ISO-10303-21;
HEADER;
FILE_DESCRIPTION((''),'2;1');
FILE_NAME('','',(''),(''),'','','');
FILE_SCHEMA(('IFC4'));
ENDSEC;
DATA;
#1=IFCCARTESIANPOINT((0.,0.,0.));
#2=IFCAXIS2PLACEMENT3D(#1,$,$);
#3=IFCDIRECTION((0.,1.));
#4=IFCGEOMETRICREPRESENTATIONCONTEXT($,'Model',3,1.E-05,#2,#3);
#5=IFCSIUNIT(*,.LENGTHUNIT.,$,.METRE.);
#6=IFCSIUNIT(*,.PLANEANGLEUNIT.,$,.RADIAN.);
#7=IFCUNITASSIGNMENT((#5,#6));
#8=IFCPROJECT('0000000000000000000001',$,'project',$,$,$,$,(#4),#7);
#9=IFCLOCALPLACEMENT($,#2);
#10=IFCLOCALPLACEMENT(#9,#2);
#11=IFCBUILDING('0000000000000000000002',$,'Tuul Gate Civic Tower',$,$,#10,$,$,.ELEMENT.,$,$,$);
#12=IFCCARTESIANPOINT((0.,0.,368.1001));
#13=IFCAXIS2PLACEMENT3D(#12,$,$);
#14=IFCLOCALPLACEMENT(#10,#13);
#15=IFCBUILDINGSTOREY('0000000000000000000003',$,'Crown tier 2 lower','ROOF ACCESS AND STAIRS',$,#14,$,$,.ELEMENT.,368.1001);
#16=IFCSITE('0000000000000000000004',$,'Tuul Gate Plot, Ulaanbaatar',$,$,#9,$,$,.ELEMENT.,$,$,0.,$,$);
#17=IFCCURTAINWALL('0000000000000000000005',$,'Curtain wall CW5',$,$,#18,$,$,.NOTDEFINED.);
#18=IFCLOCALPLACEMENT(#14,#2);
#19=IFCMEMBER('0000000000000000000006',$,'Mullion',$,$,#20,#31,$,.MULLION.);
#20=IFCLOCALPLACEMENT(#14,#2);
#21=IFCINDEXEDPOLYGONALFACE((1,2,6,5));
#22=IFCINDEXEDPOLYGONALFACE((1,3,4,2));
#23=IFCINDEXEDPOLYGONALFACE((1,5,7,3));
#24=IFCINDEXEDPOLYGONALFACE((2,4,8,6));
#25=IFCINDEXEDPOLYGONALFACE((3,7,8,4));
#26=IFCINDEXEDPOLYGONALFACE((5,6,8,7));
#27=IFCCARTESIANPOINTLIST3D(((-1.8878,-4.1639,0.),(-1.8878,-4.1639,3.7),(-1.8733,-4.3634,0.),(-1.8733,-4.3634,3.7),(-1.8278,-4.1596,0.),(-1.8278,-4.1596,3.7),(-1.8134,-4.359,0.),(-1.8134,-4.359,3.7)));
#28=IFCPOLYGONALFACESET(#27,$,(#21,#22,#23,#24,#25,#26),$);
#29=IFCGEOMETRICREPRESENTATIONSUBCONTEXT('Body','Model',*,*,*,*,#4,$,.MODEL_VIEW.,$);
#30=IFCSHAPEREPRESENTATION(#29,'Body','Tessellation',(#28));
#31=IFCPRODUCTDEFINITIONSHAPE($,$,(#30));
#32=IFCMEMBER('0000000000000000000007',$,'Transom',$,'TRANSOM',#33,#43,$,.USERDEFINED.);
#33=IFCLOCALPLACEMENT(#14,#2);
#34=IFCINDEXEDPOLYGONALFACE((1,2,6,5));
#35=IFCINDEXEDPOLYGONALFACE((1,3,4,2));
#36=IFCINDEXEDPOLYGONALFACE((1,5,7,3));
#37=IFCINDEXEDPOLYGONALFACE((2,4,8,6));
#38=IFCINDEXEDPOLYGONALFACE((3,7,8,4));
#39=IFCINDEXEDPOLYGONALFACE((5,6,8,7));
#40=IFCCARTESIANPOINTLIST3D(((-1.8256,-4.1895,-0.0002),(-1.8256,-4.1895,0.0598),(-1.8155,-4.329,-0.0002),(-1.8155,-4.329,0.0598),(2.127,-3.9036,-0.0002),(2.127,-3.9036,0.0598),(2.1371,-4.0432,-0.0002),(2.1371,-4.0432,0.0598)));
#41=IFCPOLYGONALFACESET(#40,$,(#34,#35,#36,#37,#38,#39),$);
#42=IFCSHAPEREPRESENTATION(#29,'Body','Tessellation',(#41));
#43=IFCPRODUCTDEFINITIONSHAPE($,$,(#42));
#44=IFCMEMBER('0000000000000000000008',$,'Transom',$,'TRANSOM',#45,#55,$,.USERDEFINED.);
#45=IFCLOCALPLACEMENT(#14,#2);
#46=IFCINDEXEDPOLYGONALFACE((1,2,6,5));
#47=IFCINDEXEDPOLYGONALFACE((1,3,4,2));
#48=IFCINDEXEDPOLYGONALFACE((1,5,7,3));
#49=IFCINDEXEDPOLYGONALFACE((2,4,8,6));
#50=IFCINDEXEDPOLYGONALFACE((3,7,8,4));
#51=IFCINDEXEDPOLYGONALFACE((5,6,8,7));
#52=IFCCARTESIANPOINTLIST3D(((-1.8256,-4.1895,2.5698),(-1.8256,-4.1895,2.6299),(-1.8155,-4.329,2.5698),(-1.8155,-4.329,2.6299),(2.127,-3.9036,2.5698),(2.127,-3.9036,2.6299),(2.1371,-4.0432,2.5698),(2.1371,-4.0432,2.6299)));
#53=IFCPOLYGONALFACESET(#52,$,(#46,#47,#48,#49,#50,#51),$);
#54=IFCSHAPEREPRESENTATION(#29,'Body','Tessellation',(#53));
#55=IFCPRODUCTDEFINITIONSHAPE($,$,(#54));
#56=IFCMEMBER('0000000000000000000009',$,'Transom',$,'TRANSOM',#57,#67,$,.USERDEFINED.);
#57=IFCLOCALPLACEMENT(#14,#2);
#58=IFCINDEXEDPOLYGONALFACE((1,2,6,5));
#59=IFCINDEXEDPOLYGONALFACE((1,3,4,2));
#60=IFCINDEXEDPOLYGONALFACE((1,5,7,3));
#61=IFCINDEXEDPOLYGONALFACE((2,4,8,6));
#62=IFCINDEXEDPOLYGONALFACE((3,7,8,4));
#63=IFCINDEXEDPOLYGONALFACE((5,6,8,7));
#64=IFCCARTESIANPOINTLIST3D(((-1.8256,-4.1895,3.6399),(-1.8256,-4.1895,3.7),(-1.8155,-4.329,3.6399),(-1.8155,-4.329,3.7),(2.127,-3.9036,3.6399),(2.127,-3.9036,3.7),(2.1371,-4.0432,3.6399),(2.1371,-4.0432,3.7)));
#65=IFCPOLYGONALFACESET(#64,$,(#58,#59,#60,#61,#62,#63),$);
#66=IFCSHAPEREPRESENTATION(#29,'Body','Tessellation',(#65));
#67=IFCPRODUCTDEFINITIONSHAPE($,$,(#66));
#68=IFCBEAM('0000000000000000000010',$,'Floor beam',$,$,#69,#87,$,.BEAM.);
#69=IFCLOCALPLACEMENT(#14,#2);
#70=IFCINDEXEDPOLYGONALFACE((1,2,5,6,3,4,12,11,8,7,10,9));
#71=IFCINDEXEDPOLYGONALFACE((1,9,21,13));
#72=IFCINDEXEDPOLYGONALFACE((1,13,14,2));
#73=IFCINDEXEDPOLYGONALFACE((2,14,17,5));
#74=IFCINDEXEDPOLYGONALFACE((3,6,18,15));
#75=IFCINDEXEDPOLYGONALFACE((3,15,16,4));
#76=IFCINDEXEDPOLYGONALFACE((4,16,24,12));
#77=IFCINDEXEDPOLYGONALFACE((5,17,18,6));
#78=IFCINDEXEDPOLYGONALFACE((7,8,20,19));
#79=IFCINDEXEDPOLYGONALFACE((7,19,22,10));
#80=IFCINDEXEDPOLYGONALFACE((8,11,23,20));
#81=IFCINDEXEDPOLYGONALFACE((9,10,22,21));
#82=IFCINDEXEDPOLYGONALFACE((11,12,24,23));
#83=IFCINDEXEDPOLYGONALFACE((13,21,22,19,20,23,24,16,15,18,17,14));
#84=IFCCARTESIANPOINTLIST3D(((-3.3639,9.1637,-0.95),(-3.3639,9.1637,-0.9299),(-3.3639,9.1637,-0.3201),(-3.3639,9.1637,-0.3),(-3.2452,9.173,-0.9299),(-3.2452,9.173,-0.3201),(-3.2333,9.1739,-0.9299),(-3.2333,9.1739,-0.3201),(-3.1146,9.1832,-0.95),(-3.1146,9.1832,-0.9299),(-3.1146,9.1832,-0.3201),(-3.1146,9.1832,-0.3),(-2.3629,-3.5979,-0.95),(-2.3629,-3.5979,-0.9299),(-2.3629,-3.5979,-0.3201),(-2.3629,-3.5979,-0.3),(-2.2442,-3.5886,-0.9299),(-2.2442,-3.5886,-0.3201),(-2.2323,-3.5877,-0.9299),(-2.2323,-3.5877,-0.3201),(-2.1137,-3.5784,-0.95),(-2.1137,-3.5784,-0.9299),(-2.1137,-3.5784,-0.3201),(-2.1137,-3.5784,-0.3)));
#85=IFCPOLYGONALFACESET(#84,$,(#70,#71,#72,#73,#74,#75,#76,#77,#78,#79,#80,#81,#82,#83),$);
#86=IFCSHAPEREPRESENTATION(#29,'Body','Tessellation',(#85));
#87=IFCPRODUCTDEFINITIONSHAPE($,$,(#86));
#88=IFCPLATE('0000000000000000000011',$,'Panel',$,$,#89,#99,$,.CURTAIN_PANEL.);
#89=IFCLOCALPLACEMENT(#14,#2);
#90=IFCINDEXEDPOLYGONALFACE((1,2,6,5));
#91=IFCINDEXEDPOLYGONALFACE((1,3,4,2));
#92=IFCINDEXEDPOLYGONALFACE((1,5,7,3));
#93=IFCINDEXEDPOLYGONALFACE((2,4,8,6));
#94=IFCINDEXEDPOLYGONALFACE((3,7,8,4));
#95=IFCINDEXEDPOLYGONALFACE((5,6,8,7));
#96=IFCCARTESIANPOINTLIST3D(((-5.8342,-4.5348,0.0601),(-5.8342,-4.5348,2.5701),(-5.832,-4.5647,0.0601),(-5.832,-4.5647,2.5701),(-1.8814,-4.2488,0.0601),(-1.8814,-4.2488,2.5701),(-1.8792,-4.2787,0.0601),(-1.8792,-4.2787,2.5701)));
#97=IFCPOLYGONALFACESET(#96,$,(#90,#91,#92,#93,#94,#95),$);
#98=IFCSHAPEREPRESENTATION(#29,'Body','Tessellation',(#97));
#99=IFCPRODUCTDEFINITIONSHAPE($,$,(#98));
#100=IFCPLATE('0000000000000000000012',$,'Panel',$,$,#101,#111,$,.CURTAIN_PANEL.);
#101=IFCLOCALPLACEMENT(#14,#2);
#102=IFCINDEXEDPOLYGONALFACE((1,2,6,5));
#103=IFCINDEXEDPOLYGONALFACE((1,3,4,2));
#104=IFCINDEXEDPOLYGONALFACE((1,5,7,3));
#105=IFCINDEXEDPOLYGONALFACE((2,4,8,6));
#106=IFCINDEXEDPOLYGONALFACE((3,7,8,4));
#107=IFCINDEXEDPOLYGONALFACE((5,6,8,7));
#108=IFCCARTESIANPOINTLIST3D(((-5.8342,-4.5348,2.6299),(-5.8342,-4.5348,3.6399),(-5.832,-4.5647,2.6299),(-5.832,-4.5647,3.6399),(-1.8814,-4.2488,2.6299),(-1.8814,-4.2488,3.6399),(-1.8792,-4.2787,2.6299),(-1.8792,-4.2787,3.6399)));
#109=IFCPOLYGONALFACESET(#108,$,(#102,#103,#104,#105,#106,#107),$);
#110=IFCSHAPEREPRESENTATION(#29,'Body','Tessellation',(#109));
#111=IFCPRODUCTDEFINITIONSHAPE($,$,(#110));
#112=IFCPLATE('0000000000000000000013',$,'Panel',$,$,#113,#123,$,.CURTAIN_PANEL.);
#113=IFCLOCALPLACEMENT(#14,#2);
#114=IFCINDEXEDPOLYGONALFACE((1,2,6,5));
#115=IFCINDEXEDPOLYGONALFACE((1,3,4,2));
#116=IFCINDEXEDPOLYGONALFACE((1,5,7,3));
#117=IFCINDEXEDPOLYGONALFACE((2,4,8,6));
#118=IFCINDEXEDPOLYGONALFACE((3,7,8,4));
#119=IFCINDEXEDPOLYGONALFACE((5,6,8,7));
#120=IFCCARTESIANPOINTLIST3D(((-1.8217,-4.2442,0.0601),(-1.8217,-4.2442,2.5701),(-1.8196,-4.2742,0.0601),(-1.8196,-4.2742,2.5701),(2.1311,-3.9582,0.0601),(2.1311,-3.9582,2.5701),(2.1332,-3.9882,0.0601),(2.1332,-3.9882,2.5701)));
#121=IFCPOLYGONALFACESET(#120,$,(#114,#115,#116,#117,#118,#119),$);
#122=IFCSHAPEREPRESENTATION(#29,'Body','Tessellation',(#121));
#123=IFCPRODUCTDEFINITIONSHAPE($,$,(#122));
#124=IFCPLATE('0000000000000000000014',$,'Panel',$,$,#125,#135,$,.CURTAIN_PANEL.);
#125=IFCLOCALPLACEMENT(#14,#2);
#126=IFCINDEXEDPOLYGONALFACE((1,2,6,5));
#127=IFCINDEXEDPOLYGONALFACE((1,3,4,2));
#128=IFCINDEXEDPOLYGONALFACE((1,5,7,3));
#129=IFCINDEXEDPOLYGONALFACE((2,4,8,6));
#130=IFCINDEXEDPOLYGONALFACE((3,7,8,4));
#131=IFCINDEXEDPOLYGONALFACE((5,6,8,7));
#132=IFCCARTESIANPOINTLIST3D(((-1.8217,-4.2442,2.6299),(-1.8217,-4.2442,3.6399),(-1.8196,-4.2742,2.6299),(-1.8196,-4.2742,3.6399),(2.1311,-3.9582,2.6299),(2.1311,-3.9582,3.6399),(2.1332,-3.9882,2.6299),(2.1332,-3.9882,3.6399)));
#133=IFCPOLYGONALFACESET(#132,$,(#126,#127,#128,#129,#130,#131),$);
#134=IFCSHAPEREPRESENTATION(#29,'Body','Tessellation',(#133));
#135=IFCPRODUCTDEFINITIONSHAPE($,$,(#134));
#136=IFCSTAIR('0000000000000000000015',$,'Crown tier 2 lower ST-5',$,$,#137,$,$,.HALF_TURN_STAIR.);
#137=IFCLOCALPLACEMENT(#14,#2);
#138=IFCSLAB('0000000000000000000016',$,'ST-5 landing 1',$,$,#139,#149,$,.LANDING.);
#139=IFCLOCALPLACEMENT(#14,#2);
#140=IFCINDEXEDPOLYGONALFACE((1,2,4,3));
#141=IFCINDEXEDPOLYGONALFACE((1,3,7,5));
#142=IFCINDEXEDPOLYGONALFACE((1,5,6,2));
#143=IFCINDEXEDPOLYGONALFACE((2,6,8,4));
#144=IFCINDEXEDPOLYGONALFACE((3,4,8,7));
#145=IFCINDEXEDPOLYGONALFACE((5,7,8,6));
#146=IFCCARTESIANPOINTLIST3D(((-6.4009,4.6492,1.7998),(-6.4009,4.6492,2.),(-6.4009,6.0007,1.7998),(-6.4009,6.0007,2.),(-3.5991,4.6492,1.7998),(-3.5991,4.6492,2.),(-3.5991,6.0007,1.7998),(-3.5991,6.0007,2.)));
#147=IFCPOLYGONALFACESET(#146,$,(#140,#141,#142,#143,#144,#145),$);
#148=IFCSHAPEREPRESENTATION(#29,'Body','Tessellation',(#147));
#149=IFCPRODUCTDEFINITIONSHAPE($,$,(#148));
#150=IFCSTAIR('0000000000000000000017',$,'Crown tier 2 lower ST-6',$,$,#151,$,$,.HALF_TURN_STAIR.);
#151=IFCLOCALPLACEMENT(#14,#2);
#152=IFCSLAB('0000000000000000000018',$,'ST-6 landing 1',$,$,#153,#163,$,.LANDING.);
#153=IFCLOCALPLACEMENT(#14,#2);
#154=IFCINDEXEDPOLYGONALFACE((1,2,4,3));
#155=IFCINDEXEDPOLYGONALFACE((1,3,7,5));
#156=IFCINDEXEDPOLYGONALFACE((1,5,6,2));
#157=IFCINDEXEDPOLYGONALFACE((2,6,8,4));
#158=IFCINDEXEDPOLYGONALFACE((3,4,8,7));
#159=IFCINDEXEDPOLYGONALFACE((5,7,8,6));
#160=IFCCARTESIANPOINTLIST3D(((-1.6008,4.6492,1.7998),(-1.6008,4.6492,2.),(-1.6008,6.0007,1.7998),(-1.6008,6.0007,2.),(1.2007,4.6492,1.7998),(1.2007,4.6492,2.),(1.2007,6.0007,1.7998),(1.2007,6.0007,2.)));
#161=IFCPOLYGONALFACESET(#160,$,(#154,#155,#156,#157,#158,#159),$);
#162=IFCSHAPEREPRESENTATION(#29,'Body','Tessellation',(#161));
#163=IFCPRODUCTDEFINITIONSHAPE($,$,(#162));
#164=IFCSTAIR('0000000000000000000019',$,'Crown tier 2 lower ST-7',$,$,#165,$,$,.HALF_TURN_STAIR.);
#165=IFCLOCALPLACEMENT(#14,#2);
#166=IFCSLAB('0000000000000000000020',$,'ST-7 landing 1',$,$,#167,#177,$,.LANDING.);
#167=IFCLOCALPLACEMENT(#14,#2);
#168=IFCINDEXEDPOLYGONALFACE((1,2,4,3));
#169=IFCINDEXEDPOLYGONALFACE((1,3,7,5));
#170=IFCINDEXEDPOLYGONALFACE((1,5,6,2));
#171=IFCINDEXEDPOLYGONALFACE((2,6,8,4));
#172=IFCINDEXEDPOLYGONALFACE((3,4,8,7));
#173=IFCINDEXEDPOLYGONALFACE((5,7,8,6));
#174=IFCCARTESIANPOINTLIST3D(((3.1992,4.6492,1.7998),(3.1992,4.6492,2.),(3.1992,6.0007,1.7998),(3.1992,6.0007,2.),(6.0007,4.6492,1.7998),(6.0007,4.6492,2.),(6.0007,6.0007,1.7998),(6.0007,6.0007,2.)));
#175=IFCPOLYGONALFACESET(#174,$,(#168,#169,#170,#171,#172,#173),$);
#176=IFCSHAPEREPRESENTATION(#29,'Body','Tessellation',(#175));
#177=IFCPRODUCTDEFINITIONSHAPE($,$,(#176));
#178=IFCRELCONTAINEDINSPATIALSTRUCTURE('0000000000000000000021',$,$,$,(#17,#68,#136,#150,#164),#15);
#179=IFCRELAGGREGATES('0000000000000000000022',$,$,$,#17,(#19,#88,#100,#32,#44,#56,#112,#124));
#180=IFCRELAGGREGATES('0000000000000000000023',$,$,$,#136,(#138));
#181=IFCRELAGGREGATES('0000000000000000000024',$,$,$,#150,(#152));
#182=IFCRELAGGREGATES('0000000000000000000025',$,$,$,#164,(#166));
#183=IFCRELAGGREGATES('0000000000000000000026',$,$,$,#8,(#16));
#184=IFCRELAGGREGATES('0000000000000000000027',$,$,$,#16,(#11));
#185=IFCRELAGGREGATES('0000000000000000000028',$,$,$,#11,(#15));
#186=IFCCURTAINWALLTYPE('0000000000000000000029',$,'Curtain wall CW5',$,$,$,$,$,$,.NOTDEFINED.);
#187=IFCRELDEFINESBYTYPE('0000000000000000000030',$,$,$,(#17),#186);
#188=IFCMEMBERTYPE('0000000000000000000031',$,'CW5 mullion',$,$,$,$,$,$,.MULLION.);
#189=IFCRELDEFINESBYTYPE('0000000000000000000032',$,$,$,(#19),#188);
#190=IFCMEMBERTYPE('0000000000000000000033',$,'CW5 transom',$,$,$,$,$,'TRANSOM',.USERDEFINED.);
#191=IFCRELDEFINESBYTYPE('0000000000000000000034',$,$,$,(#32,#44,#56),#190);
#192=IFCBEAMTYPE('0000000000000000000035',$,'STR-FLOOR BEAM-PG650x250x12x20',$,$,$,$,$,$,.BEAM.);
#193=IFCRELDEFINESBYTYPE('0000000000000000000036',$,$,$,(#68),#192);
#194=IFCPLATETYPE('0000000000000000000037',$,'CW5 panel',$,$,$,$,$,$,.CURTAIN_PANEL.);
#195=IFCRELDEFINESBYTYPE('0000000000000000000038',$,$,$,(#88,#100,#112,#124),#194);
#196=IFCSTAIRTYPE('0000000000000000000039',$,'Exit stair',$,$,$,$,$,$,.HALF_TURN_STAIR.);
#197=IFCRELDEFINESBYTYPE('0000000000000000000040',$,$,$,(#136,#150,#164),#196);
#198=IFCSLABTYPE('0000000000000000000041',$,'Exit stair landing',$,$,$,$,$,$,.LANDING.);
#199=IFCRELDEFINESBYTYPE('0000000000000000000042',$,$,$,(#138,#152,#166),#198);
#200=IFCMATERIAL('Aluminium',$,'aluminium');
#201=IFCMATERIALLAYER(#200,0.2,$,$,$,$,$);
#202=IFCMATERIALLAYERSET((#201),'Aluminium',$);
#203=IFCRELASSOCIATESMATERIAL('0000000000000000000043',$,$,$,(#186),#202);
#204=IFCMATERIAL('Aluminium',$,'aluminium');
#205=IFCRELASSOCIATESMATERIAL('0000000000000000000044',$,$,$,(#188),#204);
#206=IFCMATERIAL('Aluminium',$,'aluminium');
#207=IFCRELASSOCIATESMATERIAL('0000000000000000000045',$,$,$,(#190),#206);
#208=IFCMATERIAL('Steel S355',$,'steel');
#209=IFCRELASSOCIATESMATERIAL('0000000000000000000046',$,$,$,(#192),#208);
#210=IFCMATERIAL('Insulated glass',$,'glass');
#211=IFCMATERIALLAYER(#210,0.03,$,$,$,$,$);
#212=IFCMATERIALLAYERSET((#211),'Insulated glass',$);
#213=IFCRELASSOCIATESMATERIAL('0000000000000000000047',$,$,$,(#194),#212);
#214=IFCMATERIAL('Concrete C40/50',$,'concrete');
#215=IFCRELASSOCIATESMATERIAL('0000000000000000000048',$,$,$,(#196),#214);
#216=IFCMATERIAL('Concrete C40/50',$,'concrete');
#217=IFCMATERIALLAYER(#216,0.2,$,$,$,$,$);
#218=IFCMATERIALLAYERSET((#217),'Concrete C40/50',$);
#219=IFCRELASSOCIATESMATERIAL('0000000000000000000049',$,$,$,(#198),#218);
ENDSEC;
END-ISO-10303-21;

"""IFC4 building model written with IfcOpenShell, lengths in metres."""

from ifc_helpers import new_model, si_unit, direction, frame, origin, origin_2d, place, context, subcontext, project, spatial, polyline, rectangle, i_section, outline, extrude, material, layer, layer_set, material_profile, profile_set, type_object, element, aggregate, save


model = new_model("IFC4")

# Units and contexts
model_context = context("Model", 3, precision=1e-05, world=origin(), true_north=direction((0.0, 1.0)))
body_context = subcontext(model_context, "Body", "Model", "MODEL_VIEW")
ifc_project = project(units=[si_unit("LENGTHUNIT", "METRE"), si_unit("PLANEANGLEUNIT", "RADIAN")], contexts=[model_context])

# Site, building, storey
site_placement = place(None, origin())
site = spatial("IfcSite", under=ifc_project, at=site_placement, Name="Tuul Gate Plot, Ulaanbaatar", CompositionType="ELEMENT", RefElevation=0.0)
building_placement = place(site_placement, origin())
building = spatial("IfcBuilding", under=site, at=building_placement, Name="Tuul Gate Civic Tower", CompositionType="ELEMENT")
storey_placement = place(building_placement, frame((0.0, 0.0, 368.1001)))
storey = spatial("IfcBuildingStorey", under=building, at=storey_placement, Name="Crown tier 2 lower", Description="ROOF ACCESS AND STAIRS", CompositionType="ELEMENT", Elevation=368.1001)

# Curtain wall, members
ifc_material_1 = material(Name="Aluminium", Category="aluminium")
ifc_layer_1 = layer(ifc_material_1, 0.2)
ifc_layer_set_1 = layer_set([ifc_layer_1], Name="Aluminium")
curtain_wall_type = type_object("IfcCurtainWallType", Name="Curtain wall CW5", PredefinedType="NOTDEFINED", material=ifc_layer_set_1)
curtain_wall_placement = place(storey_placement, origin())
curtain_wall = element("IfcCurtainWall", 1, at=curtain_wall_placement, inside=storey, type_object=curtain_wall_type, Name="Curtain wall CW5", PredefinedType="NOTDEFINED")
ifc_material_2 = material(Name="Aluminium", Category="aluminium")
ifc_material_profile_1 = material_profile(ifc_material_2, rectangle(XDim=0.2, YDim=0.0601, at=origin_2d()), Name="CW5 mullion")
ifc_profile_set_1 = profile_set([ifc_material_profile_1], Name="Aluminium")
member_type_1 = type_object("IfcMemberType", Name="CW5 mullion", PredefinedType="MULLION", material=ifc_profile_set_1)
member_1_placement = place(storey_placement, frame((-1.8506, -4.2615, 0.0), z_axis=(0.0, 0.0, 1.0), x_axis=(-0.072168, 0.997393, 0.0)))
member_1 = element("IfcMember", 2, at=member_1_placement, type_object=member_type_1, Name="Mullion", PredefinedType="MULLION", context=body_context, shape_type="SweptSolid", body=[
    extrude(rectangle(XDim=0.2, YDim=0.0601, at=origin_2d()), origin(), (0.0, 0.0, 1.0), 3.7),
])
ifc_material_3 = material(Name="Aluminium", Category="aluminium")
ifc_material_profile_2 = material_profile(ifc_material_3, rectangle(XDim=0.1399, YDim=0.0601, at=origin_2d()), Name="CW5 transom")
ifc_profile_set_2 = profile_set([ifc_material_profile_2], Name="Aluminium")
member_type_2 = type_object("IfcMemberType", Name="CW5 transom", ElementType="TRANSOM", PredefinedType="USERDEFINED", material=ifc_profile_set_2)
member_2_placement = place(storey_placement, frame((-1.8206, -4.2593, 0.0298), z_axis=(0.997395, 0.07214, 0.0), x_axis=(-0.07214, 0.997395, 0.0)))
member_2 = element("IfcMember", 3, at=member_2_placement, type_object=member_type_2, Name="Transom", ObjectType="TRANSOM", PredefinedType="USERDEFINED", context=body_context, shape_type="SweptSolid", body=[
    extrude(rectangle(XDim=0.1399, YDim=0.0601, at=origin_2d()), origin(), (0.0, 0.0, 1.0), 3.9629),
])
member_3_placement = place(storey_placement, frame((-1.8206, -4.2593, 2.5999), z_axis=(0.997395, 0.07214, 0.0), x_axis=(-0.07214, 0.997395, 0.0)))
member_3 = element("IfcMember", 4, at=member_3_placement, type_object=member_type_2, Name="Transom", ObjectType="TRANSOM", PredefinedType="USERDEFINED", context=body_context, shape_type="SweptSolid", body=[
    extrude(rectangle(XDim=0.1399, YDim=0.0601, at=origin_2d()), origin(), (0.0, 0.0, 1.0), 3.9629),
])
member_4_placement = place(storey_placement, frame((-1.8206, -4.2593, 3.6699), z_axis=(0.997395, 0.07214, 0.0), x_axis=(-0.07214, 0.997395, 0.0)))
member_4 = element("IfcMember", 5, at=member_4_placement, type_object=member_type_2, Name="Transom", ObjectType="TRANSOM", PredefinedType="USERDEFINED", context=body_context, shape_type="SweptSolid", body=[
    extrude(rectangle(XDim=0.1399, YDim=0.0601, at=origin_2d()), origin(), (0.0, 0.0, 1.0), 3.9629),
])

# Beam
ifc_material_4 = material(Name="Steel S355", Category="steel")
ifc_material_profile_3 = material_profile(ifc_material_4, i_section(OverallWidth=0.25, OverallDepth=0.6499, WebThickness=0.012, FlangeThickness=0.02, at=origin_2d()), Name="PG650x250x12x20")
ifc_profile_set_3 = profile_set([ifc_material_profile_3], Name="Steel S355")
beam_type = type_object("IfcBeamType", Name="STR-FLOOR BEAM-PG650x250x12x20", PredefinedType="BEAM", material=ifc_profile_set_3)
beam_placement = place(storey_placement, frame((-2.2383, -3.5881, -0.625), z_axis=(-0.078197, 0.996938, 0.0), x_axis=(-0.996938, -0.078197, 0.0)))
element("IfcBeam", 6, at=beam_placement, inside=storey, type_object=beam_type, Name="Floor beam", PredefinedType="BEAM", context=body_context, shape_type="SweptSolid", body=[
    extrude(i_section(OverallWidth=0.25, OverallDepth=0.6499, WebThickness=0.012, FlangeThickness=0.02, at=origin_2d()), origin(), (0.0, 0.0, 1.0), 12.8008),
])

# Plates
ifc_material_5 = material(Name="Insulated glass", Category="glass")
ifc_layer_2 = layer(ifc_material_5, 0.03)
ifc_layer_set_2 = layer_set([ifc_layer_2], Name="Insulated glass")
plate_type = type_object("IfcPlateType", Name="CW5 panel", PredefinedType="CURTAIN_PANEL", material=ifc_layer_set_2)
plate_1_placement = place(storey_placement, frame((-3.8567, -4.4067, 0.0601), z_axis=(0.0, 0.0, 1.0), x_axis=(0.997393, 0.072168, 0.0)))
plate_1 = element("IfcPlate", 7, at=plate_1_placement, type_object=plate_type, Name="Panel", PredefinedType="CURTAIN_PANEL", context=body_context, shape_type="SweptSolid", body=[
    extrude(rectangle(XDim=3.9631, YDim=0.03, at=origin_2d()), origin(), (0.0, 0.0, 1.0), 2.51),
])
plate_2_placement = place(storey_placement, frame((-3.8567, -4.4067, 2.6299), z_axis=(0.0, 0.0, 1.0), x_axis=(0.997393, 0.072168, 0.0)))
plate_2 = element("IfcPlate", 8, at=plate_2_placement, type_object=plate_type, Name="Panel", PredefinedType="CURTAIN_PANEL", context=body_context, shape_type="SweptSolid", body=[
    extrude(rectangle(XDim=3.9631, YDim=0.03, at=origin_2d()), origin(), (0.0, 0.0, 1.0), 1.01),
])
plate_3_placement = place(storey_placement, frame((0.1558, -4.1162, 0.0601), z_axis=(0.0, 0.0, 1.0), x_axis=(0.997393, 0.072168, 0.0)))
plate_3 = element("IfcPlate", 9, at=plate_3_placement, type_object=plate_type, Name="Panel", PredefinedType="CURTAIN_PANEL", context=body_context, shape_type="SweptSolid", body=[
    extrude(rectangle(XDim=3.9631, YDim=0.03, at=origin_2d()), origin(), (0.0, 0.0, 1.0), 2.51),
])
plate_4_placement = place(storey_placement, frame((0.1558, -4.1162, 2.6299), z_axis=(0.0, 0.0, 1.0), x_axis=(0.997393, 0.072168, 0.0)))
plate_4 = element("IfcPlate", 10, at=plate_4_placement, type_object=plate_type, Name="Panel", PredefinedType="CURTAIN_PANEL", context=body_context, shape_type="SweptSolid", body=[
    extrude(rectangle(XDim=3.9631, YDim=0.03, at=origin_2d()), origin(), (0.0, 0.0, 1.0), 1.01),
])
aggregate(curtain_wall, [member_1, plate_1, plate_2, member_2, member_3, member_4, plate_3, plate_4])

# Stairs, slabs
ifc_material_6 = material(Name="Concrete C40/50", Category="concrete")
stair_type = type_object("IfcStairType", Name="Exit stair", PredefinedType="HALF_TURN_STAIR", material=ifc_material_6)
stair_1_placement = place(storey_placement, origin())
stair_1 = element("IfcStair", 11, at=stair_1_placement, inside=storey, type_object=stair_type, Name="Crown tier 2 lower ST-5", PredefinedType="HALF_TURN_STAIR")
ifc_material_7 = material(Name="Concrete C40/50", Category="concrete")
ifc_layer_3 = layer(ifc_material_7, 0.2)
ifc_layer_set_3 = layer_set([ifc_layer_3], Name="Concrete C40/50")
slab_type_1 = type_object("IfcSlabType", Name="Exit stair landing", PredefinedType="LANDING", material=ifc_layer_set_3)
slab_1_placement = place(storey_placement, frame((0.0, 0.0, 1.7998)))
slab_1 = element("IfcSlab", 12, at=slab_1_placement, type_object=slab_type_1, Name="ST-5 landing 1", PredefinedType="LANDING", context=body_context, shape_type="SweptSolid", body=[
    extrude(outline(polyline([(-3.5991, 4.6492), (-6.4009, 4.6492), (-6.4009, 6.0007), (-3.5991, 6.0007), (-3.5991, 4.6492)])), origin(), (0.0, 0.0, 1.0), 0.2002),
])
aggregate(stair_1, [slab_1])
stair_2_placement = place(storey_placement, origin())
stair_2 = element("IfcStair", 13, at=stair_2_placement, inside=storey, type_object=stair_type, Name="Crown tier 2 lower ST-6", PredefinedType="HALF_TURN_STAIR")
slab_2_placement = place(storey_placement, frame((0.0, 0.0, 1.7998)))
slab_2 = element("IfcSlab", 14, at=slab_2_placement, type_object=slab_type_1, Name="ST-6 landing 1", PredefinedType="LANDING", context=body_context, shape_type="SweptSolid", body=[
    extrude(outline(polyline([(1.2007, 4.6492), (-1.6008, 4.6492), (-1.6008, 6.0007), (1.2007, 6.0007), (1.2007, 4.6492)])), origin(), (0.0, 0.0, 1.0), 0.2002),
])
aggregate(stair_2, [slab_2])
stair_3_placement = place(storey_placement, origin())
stair_3 = element("IfcStair", 15, at=stair_3_placement, inside=storey, type_object=stair_type, Name="Crown tier 2 lower ST-7", PredefinedType="HALF_TURN_STAIR")
slab_3_placement = place(storey_placement, frame((0.0, 0.0, 1.7998)))
slab_3 = element("IfcSlab", 16, at=slab_3_placement, type_object=slab_type_1, Name="ST-7 landing 1", PredefinedType="LANDING", context=body_context, shape_type="SweptSolid", body=[
    extrude(outline(polyline([(6.0007, 4.6492), (3.1992, 4.6492), (3.1992, 6.0007), (6.0007, 6.0007), (6.0007, 4.6492)])), origin(), (0.0, 0.0, 1.0), 0.2002),
])
aggregate(stair_3, [slab_3])

save(model, "model.ifc")
